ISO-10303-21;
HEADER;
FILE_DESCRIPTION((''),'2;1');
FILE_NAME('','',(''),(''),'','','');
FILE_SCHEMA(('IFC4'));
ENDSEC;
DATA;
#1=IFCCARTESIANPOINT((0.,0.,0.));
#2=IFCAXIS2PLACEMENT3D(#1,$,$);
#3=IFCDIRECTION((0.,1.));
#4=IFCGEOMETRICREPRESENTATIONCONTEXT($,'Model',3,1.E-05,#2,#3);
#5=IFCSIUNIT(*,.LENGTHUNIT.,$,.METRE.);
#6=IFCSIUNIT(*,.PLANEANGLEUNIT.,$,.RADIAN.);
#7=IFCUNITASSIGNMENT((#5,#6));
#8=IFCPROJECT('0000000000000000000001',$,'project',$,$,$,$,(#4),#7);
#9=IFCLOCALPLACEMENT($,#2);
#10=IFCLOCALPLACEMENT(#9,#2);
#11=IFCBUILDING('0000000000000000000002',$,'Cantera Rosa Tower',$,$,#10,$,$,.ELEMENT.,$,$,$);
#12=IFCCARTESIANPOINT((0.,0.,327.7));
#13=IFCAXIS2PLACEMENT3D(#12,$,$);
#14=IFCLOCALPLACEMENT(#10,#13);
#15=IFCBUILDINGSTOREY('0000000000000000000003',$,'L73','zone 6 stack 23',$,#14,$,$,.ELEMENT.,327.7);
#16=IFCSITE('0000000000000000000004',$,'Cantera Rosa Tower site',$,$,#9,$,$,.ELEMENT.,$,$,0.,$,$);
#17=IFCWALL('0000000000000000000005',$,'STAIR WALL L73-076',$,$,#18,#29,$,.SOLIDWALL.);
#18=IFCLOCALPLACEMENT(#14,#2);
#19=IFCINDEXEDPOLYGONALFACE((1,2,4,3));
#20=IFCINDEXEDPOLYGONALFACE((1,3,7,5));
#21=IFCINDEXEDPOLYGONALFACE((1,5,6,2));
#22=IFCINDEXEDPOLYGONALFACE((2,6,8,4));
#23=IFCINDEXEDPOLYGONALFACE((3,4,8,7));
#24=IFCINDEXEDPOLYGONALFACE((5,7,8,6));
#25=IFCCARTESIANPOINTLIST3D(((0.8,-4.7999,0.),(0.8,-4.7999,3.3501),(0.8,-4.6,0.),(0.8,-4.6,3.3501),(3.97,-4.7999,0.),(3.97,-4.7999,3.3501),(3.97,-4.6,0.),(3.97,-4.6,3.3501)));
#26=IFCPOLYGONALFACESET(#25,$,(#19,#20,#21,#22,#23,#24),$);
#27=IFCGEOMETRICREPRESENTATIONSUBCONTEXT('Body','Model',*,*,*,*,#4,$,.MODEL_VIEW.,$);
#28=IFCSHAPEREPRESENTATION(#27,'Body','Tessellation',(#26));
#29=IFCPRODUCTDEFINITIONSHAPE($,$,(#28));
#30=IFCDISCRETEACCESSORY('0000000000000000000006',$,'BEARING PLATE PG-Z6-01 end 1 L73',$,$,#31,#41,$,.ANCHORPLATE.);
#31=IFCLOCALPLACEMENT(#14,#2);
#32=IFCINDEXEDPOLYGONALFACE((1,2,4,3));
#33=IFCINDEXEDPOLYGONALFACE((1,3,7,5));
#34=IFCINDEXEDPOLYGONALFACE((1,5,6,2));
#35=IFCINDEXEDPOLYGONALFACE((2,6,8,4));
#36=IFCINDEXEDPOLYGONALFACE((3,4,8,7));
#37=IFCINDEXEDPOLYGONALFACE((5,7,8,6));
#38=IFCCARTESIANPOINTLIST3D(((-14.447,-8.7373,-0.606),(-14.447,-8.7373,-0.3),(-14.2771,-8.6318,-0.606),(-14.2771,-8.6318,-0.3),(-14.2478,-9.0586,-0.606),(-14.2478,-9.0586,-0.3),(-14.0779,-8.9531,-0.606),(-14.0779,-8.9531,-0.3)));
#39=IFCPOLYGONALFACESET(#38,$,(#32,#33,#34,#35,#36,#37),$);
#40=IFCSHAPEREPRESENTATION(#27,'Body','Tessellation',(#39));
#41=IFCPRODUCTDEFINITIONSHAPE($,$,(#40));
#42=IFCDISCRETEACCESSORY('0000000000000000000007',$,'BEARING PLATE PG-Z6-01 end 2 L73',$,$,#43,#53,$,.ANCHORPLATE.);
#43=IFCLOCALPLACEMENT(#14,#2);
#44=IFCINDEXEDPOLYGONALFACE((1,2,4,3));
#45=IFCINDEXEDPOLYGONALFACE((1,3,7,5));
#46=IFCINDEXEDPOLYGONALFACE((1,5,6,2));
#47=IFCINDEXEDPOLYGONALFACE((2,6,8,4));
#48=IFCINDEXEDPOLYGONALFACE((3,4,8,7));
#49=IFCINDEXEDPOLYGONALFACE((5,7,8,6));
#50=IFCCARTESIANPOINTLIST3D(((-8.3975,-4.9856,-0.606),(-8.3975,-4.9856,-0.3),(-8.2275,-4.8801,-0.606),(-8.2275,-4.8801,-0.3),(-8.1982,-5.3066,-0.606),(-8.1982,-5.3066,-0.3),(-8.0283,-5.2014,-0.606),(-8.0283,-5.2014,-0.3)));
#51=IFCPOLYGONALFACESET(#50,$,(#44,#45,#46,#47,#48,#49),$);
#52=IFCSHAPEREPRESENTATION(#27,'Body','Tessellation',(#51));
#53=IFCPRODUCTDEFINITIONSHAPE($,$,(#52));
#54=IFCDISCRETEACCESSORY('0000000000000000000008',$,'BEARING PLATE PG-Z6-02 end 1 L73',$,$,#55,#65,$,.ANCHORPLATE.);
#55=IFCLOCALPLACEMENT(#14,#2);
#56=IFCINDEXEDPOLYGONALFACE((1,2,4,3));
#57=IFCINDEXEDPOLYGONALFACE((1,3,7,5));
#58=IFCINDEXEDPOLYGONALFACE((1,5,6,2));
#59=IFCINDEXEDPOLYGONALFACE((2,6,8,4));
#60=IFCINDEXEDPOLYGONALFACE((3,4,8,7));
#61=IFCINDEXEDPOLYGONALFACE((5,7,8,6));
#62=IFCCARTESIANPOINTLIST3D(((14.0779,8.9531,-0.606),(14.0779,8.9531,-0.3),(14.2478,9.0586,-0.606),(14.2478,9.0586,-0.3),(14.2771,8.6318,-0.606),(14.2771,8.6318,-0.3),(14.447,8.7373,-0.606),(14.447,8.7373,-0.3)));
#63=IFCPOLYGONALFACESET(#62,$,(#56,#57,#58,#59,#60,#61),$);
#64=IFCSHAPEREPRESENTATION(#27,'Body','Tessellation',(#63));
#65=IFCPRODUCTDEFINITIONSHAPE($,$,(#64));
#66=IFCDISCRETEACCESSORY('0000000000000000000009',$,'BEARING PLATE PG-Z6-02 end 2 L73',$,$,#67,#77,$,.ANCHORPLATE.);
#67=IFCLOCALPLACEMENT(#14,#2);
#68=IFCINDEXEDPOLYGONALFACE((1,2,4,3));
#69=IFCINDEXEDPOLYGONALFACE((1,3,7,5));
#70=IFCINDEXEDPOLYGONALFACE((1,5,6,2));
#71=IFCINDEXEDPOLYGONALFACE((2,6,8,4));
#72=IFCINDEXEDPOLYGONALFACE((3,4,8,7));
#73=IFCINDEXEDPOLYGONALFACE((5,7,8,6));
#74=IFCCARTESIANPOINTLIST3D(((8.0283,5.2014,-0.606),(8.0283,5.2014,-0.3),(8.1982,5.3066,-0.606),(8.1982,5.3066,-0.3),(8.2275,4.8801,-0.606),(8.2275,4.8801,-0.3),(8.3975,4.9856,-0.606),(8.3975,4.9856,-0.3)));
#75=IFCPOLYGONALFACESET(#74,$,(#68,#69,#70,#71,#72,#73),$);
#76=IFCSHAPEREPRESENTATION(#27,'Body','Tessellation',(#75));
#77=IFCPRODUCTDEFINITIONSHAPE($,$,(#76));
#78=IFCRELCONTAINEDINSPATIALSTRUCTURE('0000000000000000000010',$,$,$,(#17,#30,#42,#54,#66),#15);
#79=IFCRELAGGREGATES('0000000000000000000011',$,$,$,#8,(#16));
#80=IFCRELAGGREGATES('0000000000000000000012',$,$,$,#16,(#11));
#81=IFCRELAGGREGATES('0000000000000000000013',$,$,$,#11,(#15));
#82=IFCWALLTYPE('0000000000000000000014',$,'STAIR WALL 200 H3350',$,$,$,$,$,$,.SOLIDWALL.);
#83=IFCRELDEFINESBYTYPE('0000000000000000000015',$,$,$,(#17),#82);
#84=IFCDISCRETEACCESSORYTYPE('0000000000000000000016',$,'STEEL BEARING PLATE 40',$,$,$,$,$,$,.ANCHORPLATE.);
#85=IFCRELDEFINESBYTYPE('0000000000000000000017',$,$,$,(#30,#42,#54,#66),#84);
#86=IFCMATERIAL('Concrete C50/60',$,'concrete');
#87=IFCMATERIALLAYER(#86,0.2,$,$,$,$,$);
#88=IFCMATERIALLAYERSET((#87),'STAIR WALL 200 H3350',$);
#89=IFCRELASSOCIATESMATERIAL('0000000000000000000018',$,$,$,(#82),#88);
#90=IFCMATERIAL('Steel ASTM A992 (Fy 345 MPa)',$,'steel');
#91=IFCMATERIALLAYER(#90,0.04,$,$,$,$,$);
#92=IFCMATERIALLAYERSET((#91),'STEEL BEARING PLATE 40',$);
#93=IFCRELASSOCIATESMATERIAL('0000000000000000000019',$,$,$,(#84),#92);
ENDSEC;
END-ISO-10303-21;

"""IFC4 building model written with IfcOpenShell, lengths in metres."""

from ifc_helpers import new_model, si_unit, direction, frame, frame_2d, origin, place, context, subcontext, project, spatial, polyline, rectangle, outline, extrude, material, layer, layer_set, type_object, element, save


model = new_model("IFC4")

# Units and contexts
model_context = context("Model", 3, precision=1e-05, world=origin(), true_north=direction((0.0, 1.0)))
body_context = subcontext(model_context, "Body", "Model", "MODEL_VIEW")
ifc_project = project(units=[si_unit("LENGTHUNIT", "METRE"), si_unit("PLANEANGLEUNIT", "RADIAN")], contexts=[model_context])

# Site, building, storey
site_placement = place(None, origin())
site = spatial("IfcSite", under=ifc_project, at=site_placement, Name="Cantera Rosa Tower site", CompositionType="ELEMENT", RefElevation=0.0)
building_placement = place(site_placement, origin())
building = spatial("IfcBuilding", under=site, at=building_placement, Name="Cantera Rosa Tower", CompositionType="ELEMENT")
storey_placement = place(building_placement, frame((0.0, 0.0, 327.7)))
storey = spatial("IfcBuildingStorey", under=building, at=storey_placement, Name="L73", Description="zone 6 stack 23", CompositionType="ELEMENT", Elevation=327.7)

# Shared definitions
ifc_material_1 = material(Name="Concrete C50/60", Category="concrete")
ifc_layer_1 = layer(ifc_material_1, 0.2)
ifc_layer_set_1 = layer_set([ifc_layer_1], Name="STAIR WALL 200 H3350")
wall_type_1 = type_object("IfcWallType", Name="STAIR WALL 200 H3350", PredefinedType="SOLIDWALL", material=ifc_layer_set_1)

# Wall
wall_1_placement = place(storey_placement, frame((3.97, -4.7, 0.0), z_axis=(0.0, 0.0, 1.0), x_axis=(-1.0, 0.0, 0.0)))
element("IfcWall", 1, at=wall_1_placement, inside=storey, type_object=wall_type_1, Name="STAIR WALL L73-076", PredefinedType="SOLIDWALL", context=body_context, shape_type="SweptSolid", body=[
    extrude(rectangle(XDim=3.1699, YDim=0.2, at=frame_2d((1.585, 0.0))), origin(), (0.0, 0.0, 1.0), 3.3501),
])

# Discrete accessories
ifc_material_2 = material(Name="Steel ASTM A992 (Fy 345 MPa)", Category="steel")
ifc_layer_2 = layer(ifc_material_2, 0.04)
ifc_layer_set_2 = layer_set([ifc_layer_2], Name="STEEL BEARING PLATE 40")
discrete_accessory_type = type_object("IfcDiscreteAccessoryType", Name="STEEL BEARING PLATE 40", PredefinedType="ANCHORPLATE", material=ifc_layer_set_2)
discrete_accessory_1_placement = place(storey_placement, frame((0.0, 0.0, -0.606)))
element("IfcDiscreteAccessory", 2, at=discrete_accessory_1_placement, inside=storey, type_object=discrete_accessory_type, Name="BEARING PLATE PG-Z6-01 end 1 L73", PredefinedType="ANCHORPLATE", context=body_context, shape_type="SweptSolid", body=[
    extrude(outline(polyline([(-14.2771, -8.6318), (-14.447, -8.7373), (-14.2478, -9.0586), (-14.0779, -8.9531), (-14.2771, -8.6318)])), origin(), (0.0, 0.0, 1.0), 0.3059),
])
discrete_accessory_2_placement = place(storey_placement, frame((0.0, 0.0, -0.606)))
element("IfcDiscreteAccessory", 3, at=discrete_accessory_2_placement, inside=storey, type_object=discrete_accessory_type, Name="BEARING PLATE PG-Z6-01 end 2 L73", PredefinedType="ANCHORPLATE", context=body_context, shape_type="SweptSolid", body=[
    extrude(outline(polyline([(-8.1982, -5.3066), (-8.0283, -5.2014), (-8.2275, -4.8801), (-8.3975, -4.9856), (-8.1982, -5.3066)])), origin(), (0.0, 0.0, 1.0), 0.3059),
])
discrete_accessory_3_placement = place(storey_placement, frame((0.0, 0.0, -0.606)))
element("IfcDiscreteAccessory", 4, at=discrete_accessory_3_placement, inside=storey, type_object=discrete_accessory_type, Name="BEARING PLATE PG-Z6-02 end 1 L73", PredefinedType="ANCHORPLATE", context=body_context, shape_type="SweptSolid", body=[
    extrude(outline(polyline([(14.2771, 8.6318), (14.447, 8.7373), (14.2478, 9.0586), (14.0779, 8.9531), (14.2771, 8.6318)])), origin(), (0.0, 0.0, 1.0), 0.3059),
])
discrete_accessory_4_placement = place(storey_placement, frame((0.0, 0.0, -0.606)))
element("IfcDiscreteAccessory", 5, at=discrete_accessory_4_placement, inside=storey, type_object=discrete_accessory_type, Name="BEARING PLATE PG-Z6-02 end 2 L73", PredefinedType="ANCHORPLATE", context=body_context, shape_type="SweptSolid", body=[
    extrude(outline(polyline([(8.1982, 5.3066), (8.0283, 5.2014), (8.2275, 4.8801), (8.3975, 4.9856), (8.1982, 5.3066)])), origin(), (0.0, 0.0, 1.0), 0.3059),
])

save(model, "model.ifc")
